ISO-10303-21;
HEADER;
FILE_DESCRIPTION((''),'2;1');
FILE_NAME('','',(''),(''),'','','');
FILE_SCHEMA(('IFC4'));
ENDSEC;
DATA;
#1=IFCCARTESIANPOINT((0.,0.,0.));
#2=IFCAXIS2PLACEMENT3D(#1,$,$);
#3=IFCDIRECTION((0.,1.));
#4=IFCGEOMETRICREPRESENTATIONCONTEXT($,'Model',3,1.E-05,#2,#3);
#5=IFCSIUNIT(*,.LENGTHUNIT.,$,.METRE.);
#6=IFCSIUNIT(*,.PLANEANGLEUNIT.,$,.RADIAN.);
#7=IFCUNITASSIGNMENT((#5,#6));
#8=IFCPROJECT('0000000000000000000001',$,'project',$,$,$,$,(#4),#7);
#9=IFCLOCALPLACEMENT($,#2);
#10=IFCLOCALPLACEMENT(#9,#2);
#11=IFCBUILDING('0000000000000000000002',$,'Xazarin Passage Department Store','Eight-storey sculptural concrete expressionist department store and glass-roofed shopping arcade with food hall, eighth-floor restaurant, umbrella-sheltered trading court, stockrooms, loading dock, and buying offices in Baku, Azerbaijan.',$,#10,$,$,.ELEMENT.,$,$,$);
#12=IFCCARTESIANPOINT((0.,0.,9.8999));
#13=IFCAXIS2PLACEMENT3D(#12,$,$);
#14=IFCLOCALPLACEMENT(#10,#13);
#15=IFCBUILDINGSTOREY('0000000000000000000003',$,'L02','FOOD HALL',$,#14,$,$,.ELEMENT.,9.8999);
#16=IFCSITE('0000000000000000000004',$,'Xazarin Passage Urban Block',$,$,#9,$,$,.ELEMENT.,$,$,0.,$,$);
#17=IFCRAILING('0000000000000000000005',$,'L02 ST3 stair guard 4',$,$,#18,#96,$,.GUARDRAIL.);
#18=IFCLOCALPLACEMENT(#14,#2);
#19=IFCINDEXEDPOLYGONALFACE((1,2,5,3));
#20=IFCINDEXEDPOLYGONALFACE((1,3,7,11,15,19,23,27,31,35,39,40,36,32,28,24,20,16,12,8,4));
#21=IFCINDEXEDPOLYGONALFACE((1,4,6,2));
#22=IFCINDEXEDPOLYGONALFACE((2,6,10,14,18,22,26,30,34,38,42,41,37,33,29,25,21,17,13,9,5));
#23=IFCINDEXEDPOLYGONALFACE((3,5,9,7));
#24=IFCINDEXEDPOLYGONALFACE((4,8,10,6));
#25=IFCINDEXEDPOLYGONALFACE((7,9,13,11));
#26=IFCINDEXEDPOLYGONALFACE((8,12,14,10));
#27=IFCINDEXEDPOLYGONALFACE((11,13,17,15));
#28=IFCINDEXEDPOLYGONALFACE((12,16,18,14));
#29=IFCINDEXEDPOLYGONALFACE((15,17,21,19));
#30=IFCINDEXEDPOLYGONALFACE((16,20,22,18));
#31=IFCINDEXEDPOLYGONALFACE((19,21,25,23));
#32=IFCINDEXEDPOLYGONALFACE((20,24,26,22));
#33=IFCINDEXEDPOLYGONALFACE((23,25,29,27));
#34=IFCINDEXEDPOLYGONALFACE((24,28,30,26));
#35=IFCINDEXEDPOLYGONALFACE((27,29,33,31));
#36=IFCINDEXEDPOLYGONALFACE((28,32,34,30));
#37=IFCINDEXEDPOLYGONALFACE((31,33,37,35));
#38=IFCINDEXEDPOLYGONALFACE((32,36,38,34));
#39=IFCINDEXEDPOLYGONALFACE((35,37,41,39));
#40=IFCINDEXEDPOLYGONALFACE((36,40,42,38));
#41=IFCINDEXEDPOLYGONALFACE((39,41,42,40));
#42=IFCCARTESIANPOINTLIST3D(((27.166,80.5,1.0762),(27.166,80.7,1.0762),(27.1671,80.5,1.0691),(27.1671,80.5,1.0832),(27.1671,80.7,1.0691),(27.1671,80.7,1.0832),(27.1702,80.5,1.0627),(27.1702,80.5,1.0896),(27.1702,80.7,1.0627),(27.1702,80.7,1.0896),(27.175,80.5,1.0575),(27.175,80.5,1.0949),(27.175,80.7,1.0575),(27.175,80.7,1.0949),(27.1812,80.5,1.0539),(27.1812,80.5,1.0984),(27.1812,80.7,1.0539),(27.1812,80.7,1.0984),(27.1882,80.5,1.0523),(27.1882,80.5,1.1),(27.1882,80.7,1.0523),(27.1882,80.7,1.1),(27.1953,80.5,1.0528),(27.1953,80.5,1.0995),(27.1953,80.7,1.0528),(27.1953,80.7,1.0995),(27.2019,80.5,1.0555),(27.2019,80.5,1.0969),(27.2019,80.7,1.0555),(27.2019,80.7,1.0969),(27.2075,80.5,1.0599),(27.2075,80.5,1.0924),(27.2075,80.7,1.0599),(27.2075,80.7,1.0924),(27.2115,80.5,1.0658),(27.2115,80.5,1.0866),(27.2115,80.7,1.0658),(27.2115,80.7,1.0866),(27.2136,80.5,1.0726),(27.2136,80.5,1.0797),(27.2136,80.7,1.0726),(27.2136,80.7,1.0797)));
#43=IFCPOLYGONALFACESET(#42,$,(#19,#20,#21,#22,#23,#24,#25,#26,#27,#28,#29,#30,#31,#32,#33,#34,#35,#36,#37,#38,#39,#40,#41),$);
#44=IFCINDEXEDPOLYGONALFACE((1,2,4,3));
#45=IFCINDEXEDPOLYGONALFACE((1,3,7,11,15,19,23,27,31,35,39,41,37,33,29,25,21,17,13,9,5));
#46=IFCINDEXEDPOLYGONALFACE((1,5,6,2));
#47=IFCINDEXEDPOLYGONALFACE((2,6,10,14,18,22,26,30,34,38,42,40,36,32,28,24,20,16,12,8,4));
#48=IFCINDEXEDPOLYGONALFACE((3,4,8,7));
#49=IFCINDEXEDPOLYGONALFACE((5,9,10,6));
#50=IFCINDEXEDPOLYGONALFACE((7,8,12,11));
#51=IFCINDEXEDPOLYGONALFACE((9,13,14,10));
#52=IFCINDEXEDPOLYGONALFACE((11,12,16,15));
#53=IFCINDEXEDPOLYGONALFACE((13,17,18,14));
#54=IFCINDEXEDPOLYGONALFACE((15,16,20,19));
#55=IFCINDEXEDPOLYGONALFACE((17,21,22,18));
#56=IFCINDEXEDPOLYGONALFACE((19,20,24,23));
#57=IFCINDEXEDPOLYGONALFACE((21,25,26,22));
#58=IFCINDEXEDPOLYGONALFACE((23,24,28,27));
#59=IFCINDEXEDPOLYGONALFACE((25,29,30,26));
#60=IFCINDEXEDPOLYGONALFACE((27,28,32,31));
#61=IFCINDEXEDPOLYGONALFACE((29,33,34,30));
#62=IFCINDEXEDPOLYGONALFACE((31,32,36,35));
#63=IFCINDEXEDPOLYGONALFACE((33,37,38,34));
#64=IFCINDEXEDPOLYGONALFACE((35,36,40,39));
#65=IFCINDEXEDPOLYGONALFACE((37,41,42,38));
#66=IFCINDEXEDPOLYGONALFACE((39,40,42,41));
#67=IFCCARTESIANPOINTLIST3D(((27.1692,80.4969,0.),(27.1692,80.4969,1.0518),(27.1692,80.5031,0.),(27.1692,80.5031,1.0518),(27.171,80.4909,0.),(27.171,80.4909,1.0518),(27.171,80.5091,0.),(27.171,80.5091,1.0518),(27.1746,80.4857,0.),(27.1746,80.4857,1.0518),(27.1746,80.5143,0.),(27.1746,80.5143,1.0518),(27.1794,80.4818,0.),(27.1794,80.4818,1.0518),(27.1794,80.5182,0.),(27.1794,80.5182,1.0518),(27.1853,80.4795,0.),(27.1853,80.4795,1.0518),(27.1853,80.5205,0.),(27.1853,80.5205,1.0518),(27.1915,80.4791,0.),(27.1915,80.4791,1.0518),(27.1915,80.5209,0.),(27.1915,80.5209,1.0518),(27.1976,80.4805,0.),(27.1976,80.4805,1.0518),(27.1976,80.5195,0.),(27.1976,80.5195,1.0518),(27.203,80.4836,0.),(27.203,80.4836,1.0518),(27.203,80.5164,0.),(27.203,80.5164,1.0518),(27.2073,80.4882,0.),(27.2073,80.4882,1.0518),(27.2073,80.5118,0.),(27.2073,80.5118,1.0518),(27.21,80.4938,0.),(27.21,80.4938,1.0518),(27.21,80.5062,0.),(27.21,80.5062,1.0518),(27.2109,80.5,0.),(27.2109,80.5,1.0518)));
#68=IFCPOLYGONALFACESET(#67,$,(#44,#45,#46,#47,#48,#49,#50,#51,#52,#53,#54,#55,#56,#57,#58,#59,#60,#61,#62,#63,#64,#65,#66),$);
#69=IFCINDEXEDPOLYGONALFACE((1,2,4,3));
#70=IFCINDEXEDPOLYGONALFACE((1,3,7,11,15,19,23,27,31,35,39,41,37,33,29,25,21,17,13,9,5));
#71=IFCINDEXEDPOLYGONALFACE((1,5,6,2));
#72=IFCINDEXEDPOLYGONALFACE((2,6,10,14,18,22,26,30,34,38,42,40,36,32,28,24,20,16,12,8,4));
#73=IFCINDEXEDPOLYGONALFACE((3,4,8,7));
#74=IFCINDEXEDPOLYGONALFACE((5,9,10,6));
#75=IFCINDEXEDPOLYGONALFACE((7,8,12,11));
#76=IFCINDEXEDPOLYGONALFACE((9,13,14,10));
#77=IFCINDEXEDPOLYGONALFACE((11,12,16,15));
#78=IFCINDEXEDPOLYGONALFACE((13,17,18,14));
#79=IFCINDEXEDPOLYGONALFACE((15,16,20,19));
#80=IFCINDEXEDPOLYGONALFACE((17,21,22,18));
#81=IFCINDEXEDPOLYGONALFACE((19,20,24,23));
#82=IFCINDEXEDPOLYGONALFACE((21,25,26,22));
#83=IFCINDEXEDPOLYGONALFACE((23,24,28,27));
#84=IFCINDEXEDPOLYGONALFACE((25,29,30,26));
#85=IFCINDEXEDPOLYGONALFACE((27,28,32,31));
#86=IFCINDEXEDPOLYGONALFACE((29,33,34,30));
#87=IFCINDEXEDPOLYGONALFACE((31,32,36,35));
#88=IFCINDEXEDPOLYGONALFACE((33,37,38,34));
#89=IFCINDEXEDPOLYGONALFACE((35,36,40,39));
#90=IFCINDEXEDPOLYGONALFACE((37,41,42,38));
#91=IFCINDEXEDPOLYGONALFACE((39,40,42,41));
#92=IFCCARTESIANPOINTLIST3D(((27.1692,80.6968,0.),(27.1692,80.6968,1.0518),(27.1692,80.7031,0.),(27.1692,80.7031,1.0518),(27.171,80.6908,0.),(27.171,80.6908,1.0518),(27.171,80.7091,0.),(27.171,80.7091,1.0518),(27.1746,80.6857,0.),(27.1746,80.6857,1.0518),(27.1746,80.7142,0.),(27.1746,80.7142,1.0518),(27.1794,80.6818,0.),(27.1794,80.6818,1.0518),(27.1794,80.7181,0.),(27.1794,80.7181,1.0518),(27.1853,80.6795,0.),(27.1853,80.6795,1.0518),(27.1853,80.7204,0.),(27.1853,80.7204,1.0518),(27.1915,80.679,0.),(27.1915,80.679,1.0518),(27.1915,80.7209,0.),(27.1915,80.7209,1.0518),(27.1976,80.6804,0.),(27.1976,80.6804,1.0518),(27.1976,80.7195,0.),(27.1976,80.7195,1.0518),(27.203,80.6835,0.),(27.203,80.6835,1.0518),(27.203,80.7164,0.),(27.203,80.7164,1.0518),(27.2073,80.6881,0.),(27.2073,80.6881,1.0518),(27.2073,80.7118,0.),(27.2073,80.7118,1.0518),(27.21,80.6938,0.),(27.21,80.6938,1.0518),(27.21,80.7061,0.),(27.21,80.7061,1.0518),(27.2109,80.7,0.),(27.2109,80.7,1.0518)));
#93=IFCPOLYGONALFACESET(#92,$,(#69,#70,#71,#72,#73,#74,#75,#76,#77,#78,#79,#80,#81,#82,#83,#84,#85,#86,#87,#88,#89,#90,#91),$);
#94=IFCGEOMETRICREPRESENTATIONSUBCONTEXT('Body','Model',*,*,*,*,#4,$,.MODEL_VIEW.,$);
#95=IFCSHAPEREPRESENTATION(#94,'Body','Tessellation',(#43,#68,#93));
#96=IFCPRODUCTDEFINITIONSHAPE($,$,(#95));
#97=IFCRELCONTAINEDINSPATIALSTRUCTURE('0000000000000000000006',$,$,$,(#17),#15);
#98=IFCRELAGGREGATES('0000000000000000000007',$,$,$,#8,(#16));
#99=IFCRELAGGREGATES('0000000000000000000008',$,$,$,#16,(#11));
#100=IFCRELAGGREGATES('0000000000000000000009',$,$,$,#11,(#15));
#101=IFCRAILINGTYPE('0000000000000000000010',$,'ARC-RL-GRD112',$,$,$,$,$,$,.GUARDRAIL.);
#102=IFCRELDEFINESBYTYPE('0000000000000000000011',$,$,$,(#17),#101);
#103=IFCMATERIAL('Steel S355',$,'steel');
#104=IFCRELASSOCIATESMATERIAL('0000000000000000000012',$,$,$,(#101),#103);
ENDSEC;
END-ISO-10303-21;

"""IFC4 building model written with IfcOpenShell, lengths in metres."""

from ifc_helpers import new_model, si_unit, direction, frame, origin, origin_2d, place, context, subcontext, project, spatial, circle, extrude, material, type_object, element, save


model = new_model("IFC4")

# Units and contexts
model_context = context("Model", 3, precision=1e-05, world=origin(), true_north=direction((0.0, 1.0)))
body_context = subcontext(model_context, "Body", "Model", "MODEL_VIEW")
ifc_project = project(units=[si_unit("LENGTHUNIT", "METRE"), si_unit("PLANEANGLEUNIT", "RADIAN")], contexts=[model_context])

# Site, building, storey
site_placement = place(None, origin())
site = spatial("IfcSite", under=ifc_project, at=site_placement, Name="Xazarin Passage Urban Block", CompositionType="ELEMENT", RefElevation=0.0)
building_placement = place(site_placement, origin())
building = spatial("IfcBuilding", under=site, at=building_placement, Name="Xazarin Passage Department Store", Description="Eight-storey sculptural concrete expressionist department store and glass-roofed shopping arcade with food hall, eighth-floor restaurant, umbrella-sheltered trading court, stockrooms, loading dock, and buying offices in Baku, Azerbaijan.", CompositionType="ELEMENT")
storey_placement = place(building_placement, frame((0.0, 0.0, 9.8999)))
storey = spatial("IfcBuildingStorey", under=building, at=storey_placement, Name="L02", Description="FOOD HALL", CompositionType="ELEMENT", Elevation=9.8999)

# Shared definitions
ifc_material_1 = material(Name="Steel S355", Category="steel")

# Railing
railing_type_1 = type_object("IfcRailingType", Name="ARC-RL-GRD112", PredefinedType="GUARDRAIL", material=ifc_material_1)
railing_1_placement = place(storey_placement, frame((27.1899, 80.5, 0.0)))
element("IfcRailing", 1, at=railing_1_placement, inside=storey, type_object=railing_type_1, Name="L02 ST3 stair guard 4", PredefinedType="GUARDRAIL", context=body_context, shape_type="SweptSolid", body=[
    extrude(circle(Radius=0.0239, at=origin_2d()), frame((0.0, 0.0, 1.0762), z_axis=(0.0, 1.0, 0.0), x_axis=(-1.0, 0.0, 0.0)), (0.0, 0.0, 1.0), 0.2),
    extrude(circle(Radius=0.021, at=origin_2d()), origin(), (0.0, 0.0, 1.0), 1.0518),
    extrude(circle(Radius=0.021, at=origin_2d()), frame((0.0, 0.2, 0.0)), (0.0, 0.0, 1.0), 1.0518),
])

save(model, "model.ifc")
